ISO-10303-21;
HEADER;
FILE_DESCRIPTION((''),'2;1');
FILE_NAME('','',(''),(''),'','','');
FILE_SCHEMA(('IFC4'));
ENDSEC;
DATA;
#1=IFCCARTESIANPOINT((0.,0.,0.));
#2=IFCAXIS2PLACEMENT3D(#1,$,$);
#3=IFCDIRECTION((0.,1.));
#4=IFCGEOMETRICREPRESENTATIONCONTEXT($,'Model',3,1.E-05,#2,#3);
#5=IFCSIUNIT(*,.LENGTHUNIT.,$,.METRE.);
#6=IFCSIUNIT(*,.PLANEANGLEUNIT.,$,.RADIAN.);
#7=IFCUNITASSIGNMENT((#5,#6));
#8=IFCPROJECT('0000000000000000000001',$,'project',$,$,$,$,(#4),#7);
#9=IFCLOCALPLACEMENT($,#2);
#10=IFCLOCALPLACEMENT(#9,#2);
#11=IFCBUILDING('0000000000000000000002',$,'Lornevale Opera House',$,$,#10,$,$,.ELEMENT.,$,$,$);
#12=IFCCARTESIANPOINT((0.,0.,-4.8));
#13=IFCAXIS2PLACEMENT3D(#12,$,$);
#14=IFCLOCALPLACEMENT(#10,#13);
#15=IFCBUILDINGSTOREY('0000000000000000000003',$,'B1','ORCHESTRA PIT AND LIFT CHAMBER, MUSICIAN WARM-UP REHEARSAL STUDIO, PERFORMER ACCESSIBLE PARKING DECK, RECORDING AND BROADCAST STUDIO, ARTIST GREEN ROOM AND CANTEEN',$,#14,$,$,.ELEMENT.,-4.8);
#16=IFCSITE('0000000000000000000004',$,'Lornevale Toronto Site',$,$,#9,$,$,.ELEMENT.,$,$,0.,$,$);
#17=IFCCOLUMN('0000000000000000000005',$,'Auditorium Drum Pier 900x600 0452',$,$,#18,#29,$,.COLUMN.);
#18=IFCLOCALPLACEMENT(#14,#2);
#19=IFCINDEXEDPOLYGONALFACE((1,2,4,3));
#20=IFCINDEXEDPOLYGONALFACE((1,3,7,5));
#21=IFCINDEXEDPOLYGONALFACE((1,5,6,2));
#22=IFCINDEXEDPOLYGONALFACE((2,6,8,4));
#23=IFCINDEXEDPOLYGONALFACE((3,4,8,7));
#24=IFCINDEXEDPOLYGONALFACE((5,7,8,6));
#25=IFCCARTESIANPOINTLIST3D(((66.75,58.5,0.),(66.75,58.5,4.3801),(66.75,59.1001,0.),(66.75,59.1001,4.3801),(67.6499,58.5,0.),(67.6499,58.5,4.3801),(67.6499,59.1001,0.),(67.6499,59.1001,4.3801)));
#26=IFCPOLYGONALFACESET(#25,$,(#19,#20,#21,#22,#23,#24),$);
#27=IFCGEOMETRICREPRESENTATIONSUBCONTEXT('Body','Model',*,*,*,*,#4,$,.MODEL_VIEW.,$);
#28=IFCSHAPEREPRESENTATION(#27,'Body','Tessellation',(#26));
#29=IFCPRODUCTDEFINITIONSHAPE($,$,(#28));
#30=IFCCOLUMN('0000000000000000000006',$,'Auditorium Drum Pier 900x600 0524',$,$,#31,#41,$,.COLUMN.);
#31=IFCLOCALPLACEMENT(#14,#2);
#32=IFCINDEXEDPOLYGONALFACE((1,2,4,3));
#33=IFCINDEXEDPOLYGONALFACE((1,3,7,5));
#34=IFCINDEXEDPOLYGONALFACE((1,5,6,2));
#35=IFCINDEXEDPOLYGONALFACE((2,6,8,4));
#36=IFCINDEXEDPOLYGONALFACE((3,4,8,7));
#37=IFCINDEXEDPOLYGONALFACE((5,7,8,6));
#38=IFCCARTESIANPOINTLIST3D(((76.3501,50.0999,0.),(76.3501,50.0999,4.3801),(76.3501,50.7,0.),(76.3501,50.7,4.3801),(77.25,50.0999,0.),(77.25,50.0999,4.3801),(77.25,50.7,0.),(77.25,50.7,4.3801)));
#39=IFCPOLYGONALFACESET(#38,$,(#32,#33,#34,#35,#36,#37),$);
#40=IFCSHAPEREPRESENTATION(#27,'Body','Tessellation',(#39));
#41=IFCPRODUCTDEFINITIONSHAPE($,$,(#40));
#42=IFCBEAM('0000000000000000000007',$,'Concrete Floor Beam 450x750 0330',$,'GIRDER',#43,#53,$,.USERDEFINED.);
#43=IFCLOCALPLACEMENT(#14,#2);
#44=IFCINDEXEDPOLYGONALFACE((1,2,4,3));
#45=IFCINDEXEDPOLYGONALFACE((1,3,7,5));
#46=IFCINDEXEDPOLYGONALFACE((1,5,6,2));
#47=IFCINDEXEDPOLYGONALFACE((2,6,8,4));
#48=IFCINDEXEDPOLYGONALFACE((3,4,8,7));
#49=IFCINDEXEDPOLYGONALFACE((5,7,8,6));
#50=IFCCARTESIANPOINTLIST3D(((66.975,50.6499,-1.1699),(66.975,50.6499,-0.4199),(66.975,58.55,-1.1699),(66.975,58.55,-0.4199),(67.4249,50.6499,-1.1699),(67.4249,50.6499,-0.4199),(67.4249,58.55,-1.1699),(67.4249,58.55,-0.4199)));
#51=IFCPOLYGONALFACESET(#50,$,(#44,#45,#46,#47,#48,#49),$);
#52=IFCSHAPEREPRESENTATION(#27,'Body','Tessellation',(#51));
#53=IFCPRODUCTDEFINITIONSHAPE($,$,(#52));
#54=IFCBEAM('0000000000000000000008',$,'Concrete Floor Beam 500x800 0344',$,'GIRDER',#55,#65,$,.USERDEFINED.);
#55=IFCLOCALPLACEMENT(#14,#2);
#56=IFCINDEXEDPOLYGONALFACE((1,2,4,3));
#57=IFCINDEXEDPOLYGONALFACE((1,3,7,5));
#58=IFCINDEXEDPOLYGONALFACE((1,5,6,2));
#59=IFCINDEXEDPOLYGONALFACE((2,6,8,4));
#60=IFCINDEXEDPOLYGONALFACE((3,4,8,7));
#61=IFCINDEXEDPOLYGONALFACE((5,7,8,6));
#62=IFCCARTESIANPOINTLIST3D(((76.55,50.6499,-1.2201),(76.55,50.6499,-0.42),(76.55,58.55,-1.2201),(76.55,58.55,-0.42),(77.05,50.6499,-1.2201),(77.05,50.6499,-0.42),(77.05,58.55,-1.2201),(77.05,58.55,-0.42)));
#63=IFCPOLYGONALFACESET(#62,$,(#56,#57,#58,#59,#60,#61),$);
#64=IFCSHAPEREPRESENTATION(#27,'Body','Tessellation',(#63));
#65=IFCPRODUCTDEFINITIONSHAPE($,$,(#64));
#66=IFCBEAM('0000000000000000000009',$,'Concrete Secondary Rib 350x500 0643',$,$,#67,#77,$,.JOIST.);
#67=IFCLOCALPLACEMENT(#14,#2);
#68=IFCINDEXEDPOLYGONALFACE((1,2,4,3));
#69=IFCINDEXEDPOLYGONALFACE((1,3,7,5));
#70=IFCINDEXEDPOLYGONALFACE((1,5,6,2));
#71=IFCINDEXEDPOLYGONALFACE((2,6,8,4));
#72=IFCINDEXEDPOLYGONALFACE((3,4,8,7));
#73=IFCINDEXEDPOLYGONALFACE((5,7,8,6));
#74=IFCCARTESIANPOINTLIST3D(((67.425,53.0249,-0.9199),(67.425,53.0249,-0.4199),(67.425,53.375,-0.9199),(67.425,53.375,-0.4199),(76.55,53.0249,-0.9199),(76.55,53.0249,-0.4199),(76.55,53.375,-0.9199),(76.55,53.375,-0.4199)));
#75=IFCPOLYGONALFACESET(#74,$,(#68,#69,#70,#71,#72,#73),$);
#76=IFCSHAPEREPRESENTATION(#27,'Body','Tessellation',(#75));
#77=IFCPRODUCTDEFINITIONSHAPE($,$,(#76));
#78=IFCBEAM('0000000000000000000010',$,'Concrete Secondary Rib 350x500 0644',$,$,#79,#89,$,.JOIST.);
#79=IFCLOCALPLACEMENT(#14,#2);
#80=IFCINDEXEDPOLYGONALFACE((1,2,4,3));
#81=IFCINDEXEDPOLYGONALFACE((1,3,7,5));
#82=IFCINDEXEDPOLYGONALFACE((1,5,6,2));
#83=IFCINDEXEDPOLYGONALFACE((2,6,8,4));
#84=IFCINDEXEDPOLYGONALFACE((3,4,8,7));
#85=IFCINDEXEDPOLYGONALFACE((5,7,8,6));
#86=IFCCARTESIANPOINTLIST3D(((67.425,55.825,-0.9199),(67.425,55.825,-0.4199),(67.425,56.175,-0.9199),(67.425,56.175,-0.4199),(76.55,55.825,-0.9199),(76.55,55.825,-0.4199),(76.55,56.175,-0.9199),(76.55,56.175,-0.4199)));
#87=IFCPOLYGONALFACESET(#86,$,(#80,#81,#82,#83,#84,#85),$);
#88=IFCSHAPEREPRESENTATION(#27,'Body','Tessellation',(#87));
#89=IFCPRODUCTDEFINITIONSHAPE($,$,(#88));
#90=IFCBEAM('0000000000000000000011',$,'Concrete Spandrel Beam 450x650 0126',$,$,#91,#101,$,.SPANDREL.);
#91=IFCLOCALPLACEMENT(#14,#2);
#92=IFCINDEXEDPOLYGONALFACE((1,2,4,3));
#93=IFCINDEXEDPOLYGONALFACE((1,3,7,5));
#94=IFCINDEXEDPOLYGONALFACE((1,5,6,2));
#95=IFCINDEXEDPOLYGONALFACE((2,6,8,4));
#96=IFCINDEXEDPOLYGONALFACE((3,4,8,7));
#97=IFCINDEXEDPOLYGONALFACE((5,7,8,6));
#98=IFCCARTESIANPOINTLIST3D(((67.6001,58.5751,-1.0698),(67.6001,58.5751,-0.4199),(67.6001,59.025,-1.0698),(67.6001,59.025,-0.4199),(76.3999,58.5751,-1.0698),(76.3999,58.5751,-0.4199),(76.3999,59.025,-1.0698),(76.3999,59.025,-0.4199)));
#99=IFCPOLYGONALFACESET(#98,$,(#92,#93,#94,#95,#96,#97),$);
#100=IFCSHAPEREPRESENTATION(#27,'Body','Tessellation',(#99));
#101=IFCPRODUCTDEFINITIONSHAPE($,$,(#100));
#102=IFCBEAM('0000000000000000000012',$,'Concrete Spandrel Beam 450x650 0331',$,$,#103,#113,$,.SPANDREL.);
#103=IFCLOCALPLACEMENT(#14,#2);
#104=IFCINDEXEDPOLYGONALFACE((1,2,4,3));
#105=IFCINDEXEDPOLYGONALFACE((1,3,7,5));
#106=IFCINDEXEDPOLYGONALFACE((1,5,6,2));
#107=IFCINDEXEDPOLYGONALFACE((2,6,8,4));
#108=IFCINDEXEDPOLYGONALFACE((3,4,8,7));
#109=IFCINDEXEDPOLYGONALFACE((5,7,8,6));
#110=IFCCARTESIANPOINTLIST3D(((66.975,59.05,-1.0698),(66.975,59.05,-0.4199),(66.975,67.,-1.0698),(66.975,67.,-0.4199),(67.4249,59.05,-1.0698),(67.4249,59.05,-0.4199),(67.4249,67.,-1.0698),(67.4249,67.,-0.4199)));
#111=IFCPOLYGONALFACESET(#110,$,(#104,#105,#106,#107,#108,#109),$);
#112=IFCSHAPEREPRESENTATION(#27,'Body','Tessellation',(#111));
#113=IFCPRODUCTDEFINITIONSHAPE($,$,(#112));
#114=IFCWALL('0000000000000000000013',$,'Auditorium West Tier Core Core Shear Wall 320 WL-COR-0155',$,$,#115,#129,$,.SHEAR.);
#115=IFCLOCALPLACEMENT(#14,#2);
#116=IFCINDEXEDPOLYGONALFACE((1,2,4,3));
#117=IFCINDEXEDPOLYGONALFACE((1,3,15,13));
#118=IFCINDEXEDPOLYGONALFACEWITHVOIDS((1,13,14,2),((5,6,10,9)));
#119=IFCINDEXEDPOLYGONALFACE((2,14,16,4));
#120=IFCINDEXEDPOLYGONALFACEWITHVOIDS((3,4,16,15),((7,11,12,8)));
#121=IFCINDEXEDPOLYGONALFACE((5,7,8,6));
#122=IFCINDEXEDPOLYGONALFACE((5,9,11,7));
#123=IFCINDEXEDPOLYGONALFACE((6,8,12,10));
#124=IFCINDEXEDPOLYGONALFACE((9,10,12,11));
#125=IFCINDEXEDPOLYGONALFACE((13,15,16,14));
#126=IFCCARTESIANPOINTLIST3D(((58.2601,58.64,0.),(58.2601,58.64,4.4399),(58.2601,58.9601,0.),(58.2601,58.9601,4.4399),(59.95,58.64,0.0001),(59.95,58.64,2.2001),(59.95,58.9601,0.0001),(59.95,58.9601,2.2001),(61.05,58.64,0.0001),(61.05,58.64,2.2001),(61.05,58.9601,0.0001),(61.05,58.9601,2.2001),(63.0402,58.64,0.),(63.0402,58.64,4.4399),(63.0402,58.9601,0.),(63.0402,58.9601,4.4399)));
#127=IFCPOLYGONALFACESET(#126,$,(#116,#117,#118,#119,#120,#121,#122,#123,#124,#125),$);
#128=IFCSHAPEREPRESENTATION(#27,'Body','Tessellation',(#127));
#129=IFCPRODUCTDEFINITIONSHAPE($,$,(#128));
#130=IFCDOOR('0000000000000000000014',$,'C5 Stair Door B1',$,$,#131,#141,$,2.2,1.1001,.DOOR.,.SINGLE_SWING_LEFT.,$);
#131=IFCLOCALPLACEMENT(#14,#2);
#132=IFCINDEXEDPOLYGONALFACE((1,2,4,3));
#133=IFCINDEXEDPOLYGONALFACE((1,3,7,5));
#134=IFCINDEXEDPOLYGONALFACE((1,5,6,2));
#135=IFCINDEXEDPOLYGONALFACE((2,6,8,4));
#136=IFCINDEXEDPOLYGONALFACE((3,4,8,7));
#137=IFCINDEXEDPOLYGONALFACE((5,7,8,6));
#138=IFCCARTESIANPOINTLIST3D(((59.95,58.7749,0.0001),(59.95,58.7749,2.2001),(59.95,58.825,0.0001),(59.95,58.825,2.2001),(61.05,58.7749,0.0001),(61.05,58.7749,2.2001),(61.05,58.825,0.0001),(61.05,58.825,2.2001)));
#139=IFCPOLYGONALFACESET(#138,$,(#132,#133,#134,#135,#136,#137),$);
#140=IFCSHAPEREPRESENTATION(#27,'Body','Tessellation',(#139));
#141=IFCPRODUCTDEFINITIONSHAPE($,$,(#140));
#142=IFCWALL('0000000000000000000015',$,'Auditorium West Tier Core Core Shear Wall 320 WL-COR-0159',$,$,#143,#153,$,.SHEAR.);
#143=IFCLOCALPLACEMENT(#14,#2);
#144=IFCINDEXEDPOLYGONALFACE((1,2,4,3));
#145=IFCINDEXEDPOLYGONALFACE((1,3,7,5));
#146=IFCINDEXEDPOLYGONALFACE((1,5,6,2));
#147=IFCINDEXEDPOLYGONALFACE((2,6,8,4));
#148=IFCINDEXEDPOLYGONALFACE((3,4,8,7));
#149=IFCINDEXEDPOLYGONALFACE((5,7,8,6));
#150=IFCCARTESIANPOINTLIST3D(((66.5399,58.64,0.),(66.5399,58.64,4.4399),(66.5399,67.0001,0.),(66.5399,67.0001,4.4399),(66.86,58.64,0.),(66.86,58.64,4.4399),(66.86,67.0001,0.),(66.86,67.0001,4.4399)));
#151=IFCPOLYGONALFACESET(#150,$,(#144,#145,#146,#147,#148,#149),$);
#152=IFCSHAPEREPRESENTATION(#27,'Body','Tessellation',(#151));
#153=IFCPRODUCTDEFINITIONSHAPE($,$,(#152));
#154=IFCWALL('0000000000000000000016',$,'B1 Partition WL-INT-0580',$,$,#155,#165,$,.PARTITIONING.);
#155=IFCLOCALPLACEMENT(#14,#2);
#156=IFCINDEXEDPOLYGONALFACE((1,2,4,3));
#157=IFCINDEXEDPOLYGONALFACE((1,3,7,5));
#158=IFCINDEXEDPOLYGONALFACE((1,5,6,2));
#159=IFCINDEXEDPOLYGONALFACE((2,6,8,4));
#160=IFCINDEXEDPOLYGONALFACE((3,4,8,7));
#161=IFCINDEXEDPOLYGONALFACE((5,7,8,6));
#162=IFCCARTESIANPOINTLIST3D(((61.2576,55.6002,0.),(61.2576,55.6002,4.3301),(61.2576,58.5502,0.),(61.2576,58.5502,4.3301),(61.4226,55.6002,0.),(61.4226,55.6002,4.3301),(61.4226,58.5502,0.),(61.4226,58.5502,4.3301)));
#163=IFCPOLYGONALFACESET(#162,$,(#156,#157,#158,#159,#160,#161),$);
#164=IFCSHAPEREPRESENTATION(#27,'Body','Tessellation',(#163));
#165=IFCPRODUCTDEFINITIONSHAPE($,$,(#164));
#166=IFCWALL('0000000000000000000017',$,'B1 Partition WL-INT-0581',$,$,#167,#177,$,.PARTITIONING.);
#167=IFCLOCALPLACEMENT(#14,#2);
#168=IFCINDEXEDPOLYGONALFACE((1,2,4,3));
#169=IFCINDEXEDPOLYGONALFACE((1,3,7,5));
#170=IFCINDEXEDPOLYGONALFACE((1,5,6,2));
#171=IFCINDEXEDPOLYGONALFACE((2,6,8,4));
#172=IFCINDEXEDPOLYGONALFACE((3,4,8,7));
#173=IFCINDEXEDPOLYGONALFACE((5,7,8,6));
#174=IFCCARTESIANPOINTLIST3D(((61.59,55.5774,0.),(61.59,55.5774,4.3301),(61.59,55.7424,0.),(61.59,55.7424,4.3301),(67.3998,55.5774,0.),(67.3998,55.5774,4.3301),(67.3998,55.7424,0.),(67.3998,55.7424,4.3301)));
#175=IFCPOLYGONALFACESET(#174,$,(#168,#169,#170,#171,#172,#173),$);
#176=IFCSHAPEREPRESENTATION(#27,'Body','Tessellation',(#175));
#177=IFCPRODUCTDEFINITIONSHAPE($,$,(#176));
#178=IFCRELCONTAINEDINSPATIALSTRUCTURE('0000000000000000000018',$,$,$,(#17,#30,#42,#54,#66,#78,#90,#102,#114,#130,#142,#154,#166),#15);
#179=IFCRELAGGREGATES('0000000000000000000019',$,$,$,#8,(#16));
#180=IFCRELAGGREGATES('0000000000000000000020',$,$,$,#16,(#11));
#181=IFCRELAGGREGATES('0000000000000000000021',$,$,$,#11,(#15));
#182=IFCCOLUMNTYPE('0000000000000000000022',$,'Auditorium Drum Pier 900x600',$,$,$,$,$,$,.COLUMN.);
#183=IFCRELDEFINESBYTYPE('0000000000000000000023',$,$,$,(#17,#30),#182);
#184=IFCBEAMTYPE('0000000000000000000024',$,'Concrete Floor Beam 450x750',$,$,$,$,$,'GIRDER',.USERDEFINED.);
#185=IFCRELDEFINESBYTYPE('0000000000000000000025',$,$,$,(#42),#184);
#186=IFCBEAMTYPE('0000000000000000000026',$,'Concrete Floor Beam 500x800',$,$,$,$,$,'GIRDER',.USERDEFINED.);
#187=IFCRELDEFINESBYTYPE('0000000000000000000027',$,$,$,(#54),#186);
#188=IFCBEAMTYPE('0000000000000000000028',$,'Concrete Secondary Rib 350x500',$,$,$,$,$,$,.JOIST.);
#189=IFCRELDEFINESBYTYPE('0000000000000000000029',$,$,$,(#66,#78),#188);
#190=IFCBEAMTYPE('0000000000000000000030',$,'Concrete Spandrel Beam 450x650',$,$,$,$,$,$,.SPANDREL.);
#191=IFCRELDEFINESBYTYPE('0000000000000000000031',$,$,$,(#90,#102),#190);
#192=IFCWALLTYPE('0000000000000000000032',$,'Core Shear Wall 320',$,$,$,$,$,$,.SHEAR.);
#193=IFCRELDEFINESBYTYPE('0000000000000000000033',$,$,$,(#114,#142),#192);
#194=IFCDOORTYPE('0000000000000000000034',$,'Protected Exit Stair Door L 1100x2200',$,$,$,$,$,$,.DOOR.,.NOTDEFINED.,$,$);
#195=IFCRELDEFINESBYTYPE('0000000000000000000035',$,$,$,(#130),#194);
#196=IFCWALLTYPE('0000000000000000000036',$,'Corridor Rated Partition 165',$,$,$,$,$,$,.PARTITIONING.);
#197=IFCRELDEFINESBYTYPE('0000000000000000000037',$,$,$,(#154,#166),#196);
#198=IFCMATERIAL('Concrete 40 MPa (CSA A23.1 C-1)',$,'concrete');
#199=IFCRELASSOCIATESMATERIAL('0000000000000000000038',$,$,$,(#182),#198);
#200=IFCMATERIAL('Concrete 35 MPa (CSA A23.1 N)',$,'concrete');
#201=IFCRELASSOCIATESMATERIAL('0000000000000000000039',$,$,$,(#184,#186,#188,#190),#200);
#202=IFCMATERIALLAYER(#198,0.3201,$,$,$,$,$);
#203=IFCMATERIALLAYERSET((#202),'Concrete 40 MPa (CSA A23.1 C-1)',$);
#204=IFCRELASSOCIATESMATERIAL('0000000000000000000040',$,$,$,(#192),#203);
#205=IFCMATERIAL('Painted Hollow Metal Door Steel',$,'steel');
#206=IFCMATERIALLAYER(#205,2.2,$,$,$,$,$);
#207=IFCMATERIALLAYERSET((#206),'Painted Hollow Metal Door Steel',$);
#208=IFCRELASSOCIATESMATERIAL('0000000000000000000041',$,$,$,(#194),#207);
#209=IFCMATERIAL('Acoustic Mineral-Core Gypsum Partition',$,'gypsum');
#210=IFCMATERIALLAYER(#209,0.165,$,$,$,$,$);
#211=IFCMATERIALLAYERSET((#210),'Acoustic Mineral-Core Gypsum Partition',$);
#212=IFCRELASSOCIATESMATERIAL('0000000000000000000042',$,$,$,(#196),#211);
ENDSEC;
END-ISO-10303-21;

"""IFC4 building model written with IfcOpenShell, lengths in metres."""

from ifc_helpers import new_model, si_unit, direction, frame, frame_2d, origin, origin_2d, place, context, subcontext, project, spatial, rectangle, extrude, material, layer, layer_set, material_profile, profile_set, type_object, element, fill, save


model = new_model("IFC4")

# Units and contexts
model_context = context("Model", 3, precision=1e-05, world=origin(), true_north=direction((0.0, 1.0)))
body_context = subcontext(model_context, "Body", "Model", "MODEL_VIEW")
ifc_project = project(units=[si_unit("LENGTHUNIT", "METRE"), si_unit("PLANEANGLEUNIT", "RADIAN")], contexts=[model_context])

# Site, building, storey
site_placement = place(None, origin())
site = spatial("IfcSite", under=ifc_project, at=site_placement, Name="Lornevale Toronto Site", CompositionType="ELEMENT", RefElevation=0.0)
building_placement = place(site_placement, origin())
building = spatial("IfcBuilding", under=site, at=building_placement, Name="Lornevale Opera House", CompositionType="ELEMENT")
storey_placement = place(building_placement, frame((0.0, 0.0, -4.8)))
storey = spatial("IfcBuildingStorey", under=building, at=storey_placement, Name="B1", Description="ORCHESTRA PIT AND LIFT CHAMBER, MUSICIAN WARM-UP REHEARSAL STUDIO, PERFORMER ACCESSIBLE PARKING DECK, RECORDING AND BROADCAST STUDIO, ARTIST GREEN ROOM AND CANTEEN", CompositionType="ELEMENT", Elevation=-4.8)

# Columns
ifc_material_1 = material(Name="Concrete 40 MPa (CSA A23.1 C-1)", Category="concrete")
ifc_material_profile_1 = material_profile(ifc_material_1, rectangle(XDim=0.8999, YDim=0.6001, at=origin_2d()), Name="RC900x600")
ifc_profile_set_1 = profile_set([ifc_material_profile_1], Name="Concrete 40 MPa (CSA A23.1 C-1)")
column_type = type_object("IfcColumnType", Name="Auditorium Drum Pier 900x600", PredefinedType="COLUMN", material=ifc_profile_set_1)
for number, where, z_axis, x_axis, name in (
    (1, (67.2, 58.8, 0.0), (0.0, 0.0, 1.0), (1.0, 0.0, 0.0), "Auditorium Drum Pier 900x600 0452"),
    (2, (76.8, 50.3999, 0.0), (0.0, 0.0, 1.0), (1.0, 0.0, 0.0), "Auditorium Drum Pier 900x600 0524"),
):
    element("IfcColumn", number, at=place(storey_placement, frame(where, z_axis=z_axis, x_axis=x_axis)), inside=storey, type_object=column_type, Name=name, PredefinedType="COLUMN", context=body_context, shape_type="SweptSolid", body=[
        extrude(rectangle(XDim=0.8999, YDim=0.6001, at=origin_2d()), origin(), (0.0, 0.0, 1.0), 4.3801),
    ])

# Beams
ifc_material_2 = material(Name="Concrete 35 MPa (CSA A23.1 N)", Category="concrete")
ifc_material_profile_2 = material_profile(ifc_material_2, rectangle(XDim=0.45, YDim=0.75, at=origin_2d()), Name="RC450x750")
ifc_profile_set_2 = profile_set([ifc_material_profile_2], Name="Concrete 35 MPa (CSA A23.1 N)")
beam_type_1 = type_object("IfcBeamType", Name="Concrete Floor Beam 450x750", ElementType="GIRDER", PredefinedType="USERDEFINED", material=ifc_profile_set_2)
beam_1_placement = place(storey_placement, frame((67.2, 50.6499, -0.7949), z_axis=(0.0, 1.0, 0.0), x_axis=(-1.0, 0.0, 0.0)))
element("IfcBeam", 3, at=beam_1_placement, inside=storey, type_object=beam_type_1, Name="Concrete Floor Beam 450x750 0330", ObjectType="GIRDER", PredefinedType="USERDEFINED", context=body_context, shape_type="SweptSolid", body=[
    extrude(rectangle(XDim=0.45, YDim=0.75, at=origin_2d()), origin(), (0.0, 0.0, 1.0), 7.9001),
])
ifc_material_profile_3 = material_profile(ifc_material_2, rectangle(XDim=0.5, YDim=0.8, at=origin_2d()), Name="RC500x800")
ifc_profile_set_3 = profile_set([ifc_material_profile_3], Name="Concrete 35 MPa (CSA A23.1 N)")
beam_type_2 = type_object("IfcBeamType", Name="Concrete Floor Beam 500x800", ElementType="GIRDER", PredefinedType="USERDEFINED", material=ifc_profile_set_3)
beam_2_placement = place(storey_placement, frame((76.8, 50.6499, -0.8201), z_axis=(0.0, 1.0, 0.0), x_axis=(-1.0, 0.0, 0.0)))
element("IfcBeam", 4, at=beam_2_placement, inside=storey, type_object=beam_type_2, Name="Concrete Floor Beam 500x800 0344", ObjectType="GIRDER", PredefinedType="USERDEFINED", context=body_context, shape_type="SweptSolid", body=[
    extrude(rectangle(XDim=0.5, YDim=0.8, at=origin_2d()), origin(), (0.0, 0.0, 1.0), 7.9001),
])
ifc_material_profile_4 = material_profile(ifc_material_2, rectangle(XDim=0.3501, YDim=0.5, at=origin_2d()), Name="RC350x500")
ifc_profile_set_4 = profile_set([ifc_material_profile_4], Name="Concrete 35 MPa (CSA A23.1 N)")
beam_type_3 = type_object("IfcBeamType", Name="Concrete Secondary Rib 350x500", PredefinedType="JOIST", material=ifc_profile_set_4)
for number, where, z_axis, x_axis, name in (
    (5, (67.425, 53.2, -0.6699), (1.0, 0.0, 0.0), (0.0, 1.0, 0.0), "Concrete Secondary Rib 350x500 0643"),
    (6, (67.425, 56.0, -0.6699), (1.0, 0.0, 0.0), (0.0, 1.0, 0.0), "Concrete Secondary Rib 350x500 0644"),
):
    element("IfcBeam", number, at=place(storey_placement, frame(where, z_axis=z_axis, x_axis=x_axis)), inside=storey, type_object=beam_type_3, Name=name, PredefinedType="JOIST", context=body_context, shape_type="SweptSolid", body=[
        extrude(rectangle(XDim=0.3501, YDim=0.5, at=origin_2d()), origin(), (0.0, 0.0, 1.0), 9.125),
    ])
ifc_material_profile_5 = material_profile(ifc_material_2, rectangle(XDim=0.45, YDim=0.6499, at=origin_2d()), Name="RC450x650")
ifc_profile_set_5 = profile_set([ifc_material_profile_5], Name="Concrete 35 MPa (CSA A23.1 N)")
beam_type_4 = type_object("IfcBeamType", Name="Concrete Spandrel Beam 450x650", PredefinedType="SPANDREL", material=ifc_profile_set_5)
beam_3_placement = place(storey_placement, frame((67.6001, 58.8, -0.7449), z_axis=(1.0, 0.0, 0.0), x_axis=(0.0, 1.0, 0.0)))
element("IfcBeam", 7, at=beam_3_placement, inside=storey, type_object=beam_type_4, Name="Concrete Spandrel Beam 450x650 0126", PredefinedType="SPANDREL", context=body_context, shape_type="SweptSolid", body=[
    extrude(rectangle(XDim=0.45, YDim=0.6499, at=origin_2d()), origin(), (0.0, 0.0, 1.0), 8.7998),
])
beam_4_placement = place(storey_placement, frame((67.2, 59.05, -0.7449), z_axis=(0.0, 1.0, 0.0), x_axis=(-1.0, 0.0, 0.0)))
element("IfcBeam", 8, at=beam_4_placement, inside=storey, type_object=beam_type_4, Name="Concrete Spandrel Beam 450x650 0331", PredefinedType="SPANDREL", context=body_context, shape_type="SweptSolid", body=[
    extrude(rectangle(XDim=0.45, YDim=0.6499, at=origin_2d()), origin(), (0.0, 0.0, 1.0), 7.95),
])

# Wall, opening, door
ifc_layer_1 = layer(ifc_material_1, 0.3201)
ifc_layer_set_1 = layer_set([ifc_layer_1], Name="Concrete 40 MPa (CSA A23.1 C-1)")
wall_type_1 = type_object("IfcWallType", Name="Core Shear Wall 320", PredefinedType="SHEAR", material=ifc_layer_set_1)
wall_1_placement = place(storey_placement, frame((58.26, 58.8, 0.0), z_axis=(0.0, 0.0, 1.0), x_axis=(1.0, 0.0, 0.0)))
wall_1 = element("IfcWall", 9, at=wall_1_placement, inside=storey, type_object=wall_type_1, Name="Auditorium West Tier Core Core Shear Wall 320 WL-COR-0155", PredefinedType="SHEAR", context=body_context, shape_type="SweptSolid", body=[
    extrude(rectangle(XDim=4.78, YDim=0.3201, at=frame_2d((2.3901, 0.0))), origin(), (0.0, 0.0, 1.0), 4.4399),
])
opening_1_placement = place(wall_1_placement, frame((1.6899, 0.0, 0.0)))
opening_1 = element("IfcOpeningElement", 10, at=opening_1_placement, cuts=wall_1, PredefinedType="OPENING", context=body_context, shape_type="SweptSolid", body=[
    extrude(rectangle(XDim=1.1001, YDim=2.2, at=frame_2d((0.55, 1.1001))), frame((0.0, 0.1699, 0.0), z_axis=(0.0, -1.0, 0.0), x_axis=(1.0, 0.0, 0.0)), (0.0, 0.0, 1.0), 0.3401),
])
ifc_material_3 = material(Name="Painted Hollow Metal Door Steel", Category="steel")
ifc_layer_2 = layer(ifc_material_3, 2.2)
ifc_layer_set_2 = layer_set([ifc_layer_2], Name="Painted Hollow Metal Door Steel")
door_type_1 = type_object("IfcDoorType", Name="Protected Exit Stair Door L 1100x2200", OperationType="NOTDEFINED", PredefinedType="DOOR", material=ifc_layer_set_2)
door_1_placement = place(opening_1_placement, origin())
door_1 = element("IfcDoor", 11, at=door_1_placement, inside=storey, type_object=door_type_1, Name="C5 Stair Door B1", OperationType="SINGLE_SWING_LEFT", OverallHeight=2.2, OverallWidth=1.1001, PredefinedType="DOOR", context=body_context, shape_type="SweptSolid", body=[
    extrude(rectangle(XDim=1.1001, YDim=2.2, at=frame_2d((0.55, 1.1001))), frame((0.0, 0.0249, 0.0), z_axis=(0.0, -1.0, 0.0), x_axis=(1.0, 0.0, 0.0)), (0.0, 0.0, 1.0), 0.05),
])
fill(opening_1, door_1)

# Walls
wall_2_placement = place(storey_placement, frame((66.7, 58.6399, 0.0), z_axis=(0.0, 0.0, 1.0), x_axis=(0.0, 1.0, 0.0)))
element("IfcWall", 12, at=wall_2_placement, inside=storey, type_object=wall_type_1, Name="Auditorium West Tier Core Core Shear Wall 320 WL-COR-0159", PredefinedType="SHEAR", context=body_context, shape_type="SweptSolid", body=[
    extrude(rectangle(XDim=8.3601, YDim=0.3201, at=frame_2d((4.1802, 0.0))), origin(), (0.0, 0.0, 1.0), 4.4399),
])
ifc_material_4 = material(Name="Acoustic Mineral-Core Gypsum Partition", Category="gypsum")
ifc_layer_3 = layer(ifc_material_4, 0.165)
ifc_layer_set_3 = layer_set([ifc_layer_3], Name="Acoustic Mineral-Core Gypsum Partition")
wall_type_2 = type_object("IfcWallType", Name="Corridor Rated Partition 165", PredefinedType="PARTITIONING", material=ifc_layer_set_3)
wall_3_placement = place(storey_placement, frame((61.3401, 55.6001, 0.0), z_axis=(0.0, 0.0, 1.0), x_axis=(0.0, 1.0, 0.0)))
element("IfcWall", 13, at=wall_3_placement, inside=storey, type_object=wall_type_2, Name="B1 Partition WL-INT-0580", PredefinedType="PARTITIONING", context=body_context, shape_type="SweptSolid", body=[
    extrude(rectangle(XDim=2.95, YDim=0.165, at=frame_2d((1.4751, 0.0))), origin(), (0.0, 0.0, 1.0), 4.3301),
])
wall_4_placement = place(storey_placement, frame((61.5901, 55.6599, 0.0), z_axis=(0.0, 0.0, 1.0), x_axis=(1.0, 0.0, 0.0)))
element("IfcWall", 14, at=wall_4_placement, inside=storey, type_object=wall_type_2, Name="B1 Partition WL-INT-0581", PredefinedType="PARTITIONING", context=body_context, shape_type="SweptSolid", body=[
    extrude(rectangle(XDim=5.8098, YDim=0.165, at=frame_2d((2.9048, 0.0))), origin(), (0.0, 0.0, 1.0), 4.3301),
])

save(model, "model.ifc")
